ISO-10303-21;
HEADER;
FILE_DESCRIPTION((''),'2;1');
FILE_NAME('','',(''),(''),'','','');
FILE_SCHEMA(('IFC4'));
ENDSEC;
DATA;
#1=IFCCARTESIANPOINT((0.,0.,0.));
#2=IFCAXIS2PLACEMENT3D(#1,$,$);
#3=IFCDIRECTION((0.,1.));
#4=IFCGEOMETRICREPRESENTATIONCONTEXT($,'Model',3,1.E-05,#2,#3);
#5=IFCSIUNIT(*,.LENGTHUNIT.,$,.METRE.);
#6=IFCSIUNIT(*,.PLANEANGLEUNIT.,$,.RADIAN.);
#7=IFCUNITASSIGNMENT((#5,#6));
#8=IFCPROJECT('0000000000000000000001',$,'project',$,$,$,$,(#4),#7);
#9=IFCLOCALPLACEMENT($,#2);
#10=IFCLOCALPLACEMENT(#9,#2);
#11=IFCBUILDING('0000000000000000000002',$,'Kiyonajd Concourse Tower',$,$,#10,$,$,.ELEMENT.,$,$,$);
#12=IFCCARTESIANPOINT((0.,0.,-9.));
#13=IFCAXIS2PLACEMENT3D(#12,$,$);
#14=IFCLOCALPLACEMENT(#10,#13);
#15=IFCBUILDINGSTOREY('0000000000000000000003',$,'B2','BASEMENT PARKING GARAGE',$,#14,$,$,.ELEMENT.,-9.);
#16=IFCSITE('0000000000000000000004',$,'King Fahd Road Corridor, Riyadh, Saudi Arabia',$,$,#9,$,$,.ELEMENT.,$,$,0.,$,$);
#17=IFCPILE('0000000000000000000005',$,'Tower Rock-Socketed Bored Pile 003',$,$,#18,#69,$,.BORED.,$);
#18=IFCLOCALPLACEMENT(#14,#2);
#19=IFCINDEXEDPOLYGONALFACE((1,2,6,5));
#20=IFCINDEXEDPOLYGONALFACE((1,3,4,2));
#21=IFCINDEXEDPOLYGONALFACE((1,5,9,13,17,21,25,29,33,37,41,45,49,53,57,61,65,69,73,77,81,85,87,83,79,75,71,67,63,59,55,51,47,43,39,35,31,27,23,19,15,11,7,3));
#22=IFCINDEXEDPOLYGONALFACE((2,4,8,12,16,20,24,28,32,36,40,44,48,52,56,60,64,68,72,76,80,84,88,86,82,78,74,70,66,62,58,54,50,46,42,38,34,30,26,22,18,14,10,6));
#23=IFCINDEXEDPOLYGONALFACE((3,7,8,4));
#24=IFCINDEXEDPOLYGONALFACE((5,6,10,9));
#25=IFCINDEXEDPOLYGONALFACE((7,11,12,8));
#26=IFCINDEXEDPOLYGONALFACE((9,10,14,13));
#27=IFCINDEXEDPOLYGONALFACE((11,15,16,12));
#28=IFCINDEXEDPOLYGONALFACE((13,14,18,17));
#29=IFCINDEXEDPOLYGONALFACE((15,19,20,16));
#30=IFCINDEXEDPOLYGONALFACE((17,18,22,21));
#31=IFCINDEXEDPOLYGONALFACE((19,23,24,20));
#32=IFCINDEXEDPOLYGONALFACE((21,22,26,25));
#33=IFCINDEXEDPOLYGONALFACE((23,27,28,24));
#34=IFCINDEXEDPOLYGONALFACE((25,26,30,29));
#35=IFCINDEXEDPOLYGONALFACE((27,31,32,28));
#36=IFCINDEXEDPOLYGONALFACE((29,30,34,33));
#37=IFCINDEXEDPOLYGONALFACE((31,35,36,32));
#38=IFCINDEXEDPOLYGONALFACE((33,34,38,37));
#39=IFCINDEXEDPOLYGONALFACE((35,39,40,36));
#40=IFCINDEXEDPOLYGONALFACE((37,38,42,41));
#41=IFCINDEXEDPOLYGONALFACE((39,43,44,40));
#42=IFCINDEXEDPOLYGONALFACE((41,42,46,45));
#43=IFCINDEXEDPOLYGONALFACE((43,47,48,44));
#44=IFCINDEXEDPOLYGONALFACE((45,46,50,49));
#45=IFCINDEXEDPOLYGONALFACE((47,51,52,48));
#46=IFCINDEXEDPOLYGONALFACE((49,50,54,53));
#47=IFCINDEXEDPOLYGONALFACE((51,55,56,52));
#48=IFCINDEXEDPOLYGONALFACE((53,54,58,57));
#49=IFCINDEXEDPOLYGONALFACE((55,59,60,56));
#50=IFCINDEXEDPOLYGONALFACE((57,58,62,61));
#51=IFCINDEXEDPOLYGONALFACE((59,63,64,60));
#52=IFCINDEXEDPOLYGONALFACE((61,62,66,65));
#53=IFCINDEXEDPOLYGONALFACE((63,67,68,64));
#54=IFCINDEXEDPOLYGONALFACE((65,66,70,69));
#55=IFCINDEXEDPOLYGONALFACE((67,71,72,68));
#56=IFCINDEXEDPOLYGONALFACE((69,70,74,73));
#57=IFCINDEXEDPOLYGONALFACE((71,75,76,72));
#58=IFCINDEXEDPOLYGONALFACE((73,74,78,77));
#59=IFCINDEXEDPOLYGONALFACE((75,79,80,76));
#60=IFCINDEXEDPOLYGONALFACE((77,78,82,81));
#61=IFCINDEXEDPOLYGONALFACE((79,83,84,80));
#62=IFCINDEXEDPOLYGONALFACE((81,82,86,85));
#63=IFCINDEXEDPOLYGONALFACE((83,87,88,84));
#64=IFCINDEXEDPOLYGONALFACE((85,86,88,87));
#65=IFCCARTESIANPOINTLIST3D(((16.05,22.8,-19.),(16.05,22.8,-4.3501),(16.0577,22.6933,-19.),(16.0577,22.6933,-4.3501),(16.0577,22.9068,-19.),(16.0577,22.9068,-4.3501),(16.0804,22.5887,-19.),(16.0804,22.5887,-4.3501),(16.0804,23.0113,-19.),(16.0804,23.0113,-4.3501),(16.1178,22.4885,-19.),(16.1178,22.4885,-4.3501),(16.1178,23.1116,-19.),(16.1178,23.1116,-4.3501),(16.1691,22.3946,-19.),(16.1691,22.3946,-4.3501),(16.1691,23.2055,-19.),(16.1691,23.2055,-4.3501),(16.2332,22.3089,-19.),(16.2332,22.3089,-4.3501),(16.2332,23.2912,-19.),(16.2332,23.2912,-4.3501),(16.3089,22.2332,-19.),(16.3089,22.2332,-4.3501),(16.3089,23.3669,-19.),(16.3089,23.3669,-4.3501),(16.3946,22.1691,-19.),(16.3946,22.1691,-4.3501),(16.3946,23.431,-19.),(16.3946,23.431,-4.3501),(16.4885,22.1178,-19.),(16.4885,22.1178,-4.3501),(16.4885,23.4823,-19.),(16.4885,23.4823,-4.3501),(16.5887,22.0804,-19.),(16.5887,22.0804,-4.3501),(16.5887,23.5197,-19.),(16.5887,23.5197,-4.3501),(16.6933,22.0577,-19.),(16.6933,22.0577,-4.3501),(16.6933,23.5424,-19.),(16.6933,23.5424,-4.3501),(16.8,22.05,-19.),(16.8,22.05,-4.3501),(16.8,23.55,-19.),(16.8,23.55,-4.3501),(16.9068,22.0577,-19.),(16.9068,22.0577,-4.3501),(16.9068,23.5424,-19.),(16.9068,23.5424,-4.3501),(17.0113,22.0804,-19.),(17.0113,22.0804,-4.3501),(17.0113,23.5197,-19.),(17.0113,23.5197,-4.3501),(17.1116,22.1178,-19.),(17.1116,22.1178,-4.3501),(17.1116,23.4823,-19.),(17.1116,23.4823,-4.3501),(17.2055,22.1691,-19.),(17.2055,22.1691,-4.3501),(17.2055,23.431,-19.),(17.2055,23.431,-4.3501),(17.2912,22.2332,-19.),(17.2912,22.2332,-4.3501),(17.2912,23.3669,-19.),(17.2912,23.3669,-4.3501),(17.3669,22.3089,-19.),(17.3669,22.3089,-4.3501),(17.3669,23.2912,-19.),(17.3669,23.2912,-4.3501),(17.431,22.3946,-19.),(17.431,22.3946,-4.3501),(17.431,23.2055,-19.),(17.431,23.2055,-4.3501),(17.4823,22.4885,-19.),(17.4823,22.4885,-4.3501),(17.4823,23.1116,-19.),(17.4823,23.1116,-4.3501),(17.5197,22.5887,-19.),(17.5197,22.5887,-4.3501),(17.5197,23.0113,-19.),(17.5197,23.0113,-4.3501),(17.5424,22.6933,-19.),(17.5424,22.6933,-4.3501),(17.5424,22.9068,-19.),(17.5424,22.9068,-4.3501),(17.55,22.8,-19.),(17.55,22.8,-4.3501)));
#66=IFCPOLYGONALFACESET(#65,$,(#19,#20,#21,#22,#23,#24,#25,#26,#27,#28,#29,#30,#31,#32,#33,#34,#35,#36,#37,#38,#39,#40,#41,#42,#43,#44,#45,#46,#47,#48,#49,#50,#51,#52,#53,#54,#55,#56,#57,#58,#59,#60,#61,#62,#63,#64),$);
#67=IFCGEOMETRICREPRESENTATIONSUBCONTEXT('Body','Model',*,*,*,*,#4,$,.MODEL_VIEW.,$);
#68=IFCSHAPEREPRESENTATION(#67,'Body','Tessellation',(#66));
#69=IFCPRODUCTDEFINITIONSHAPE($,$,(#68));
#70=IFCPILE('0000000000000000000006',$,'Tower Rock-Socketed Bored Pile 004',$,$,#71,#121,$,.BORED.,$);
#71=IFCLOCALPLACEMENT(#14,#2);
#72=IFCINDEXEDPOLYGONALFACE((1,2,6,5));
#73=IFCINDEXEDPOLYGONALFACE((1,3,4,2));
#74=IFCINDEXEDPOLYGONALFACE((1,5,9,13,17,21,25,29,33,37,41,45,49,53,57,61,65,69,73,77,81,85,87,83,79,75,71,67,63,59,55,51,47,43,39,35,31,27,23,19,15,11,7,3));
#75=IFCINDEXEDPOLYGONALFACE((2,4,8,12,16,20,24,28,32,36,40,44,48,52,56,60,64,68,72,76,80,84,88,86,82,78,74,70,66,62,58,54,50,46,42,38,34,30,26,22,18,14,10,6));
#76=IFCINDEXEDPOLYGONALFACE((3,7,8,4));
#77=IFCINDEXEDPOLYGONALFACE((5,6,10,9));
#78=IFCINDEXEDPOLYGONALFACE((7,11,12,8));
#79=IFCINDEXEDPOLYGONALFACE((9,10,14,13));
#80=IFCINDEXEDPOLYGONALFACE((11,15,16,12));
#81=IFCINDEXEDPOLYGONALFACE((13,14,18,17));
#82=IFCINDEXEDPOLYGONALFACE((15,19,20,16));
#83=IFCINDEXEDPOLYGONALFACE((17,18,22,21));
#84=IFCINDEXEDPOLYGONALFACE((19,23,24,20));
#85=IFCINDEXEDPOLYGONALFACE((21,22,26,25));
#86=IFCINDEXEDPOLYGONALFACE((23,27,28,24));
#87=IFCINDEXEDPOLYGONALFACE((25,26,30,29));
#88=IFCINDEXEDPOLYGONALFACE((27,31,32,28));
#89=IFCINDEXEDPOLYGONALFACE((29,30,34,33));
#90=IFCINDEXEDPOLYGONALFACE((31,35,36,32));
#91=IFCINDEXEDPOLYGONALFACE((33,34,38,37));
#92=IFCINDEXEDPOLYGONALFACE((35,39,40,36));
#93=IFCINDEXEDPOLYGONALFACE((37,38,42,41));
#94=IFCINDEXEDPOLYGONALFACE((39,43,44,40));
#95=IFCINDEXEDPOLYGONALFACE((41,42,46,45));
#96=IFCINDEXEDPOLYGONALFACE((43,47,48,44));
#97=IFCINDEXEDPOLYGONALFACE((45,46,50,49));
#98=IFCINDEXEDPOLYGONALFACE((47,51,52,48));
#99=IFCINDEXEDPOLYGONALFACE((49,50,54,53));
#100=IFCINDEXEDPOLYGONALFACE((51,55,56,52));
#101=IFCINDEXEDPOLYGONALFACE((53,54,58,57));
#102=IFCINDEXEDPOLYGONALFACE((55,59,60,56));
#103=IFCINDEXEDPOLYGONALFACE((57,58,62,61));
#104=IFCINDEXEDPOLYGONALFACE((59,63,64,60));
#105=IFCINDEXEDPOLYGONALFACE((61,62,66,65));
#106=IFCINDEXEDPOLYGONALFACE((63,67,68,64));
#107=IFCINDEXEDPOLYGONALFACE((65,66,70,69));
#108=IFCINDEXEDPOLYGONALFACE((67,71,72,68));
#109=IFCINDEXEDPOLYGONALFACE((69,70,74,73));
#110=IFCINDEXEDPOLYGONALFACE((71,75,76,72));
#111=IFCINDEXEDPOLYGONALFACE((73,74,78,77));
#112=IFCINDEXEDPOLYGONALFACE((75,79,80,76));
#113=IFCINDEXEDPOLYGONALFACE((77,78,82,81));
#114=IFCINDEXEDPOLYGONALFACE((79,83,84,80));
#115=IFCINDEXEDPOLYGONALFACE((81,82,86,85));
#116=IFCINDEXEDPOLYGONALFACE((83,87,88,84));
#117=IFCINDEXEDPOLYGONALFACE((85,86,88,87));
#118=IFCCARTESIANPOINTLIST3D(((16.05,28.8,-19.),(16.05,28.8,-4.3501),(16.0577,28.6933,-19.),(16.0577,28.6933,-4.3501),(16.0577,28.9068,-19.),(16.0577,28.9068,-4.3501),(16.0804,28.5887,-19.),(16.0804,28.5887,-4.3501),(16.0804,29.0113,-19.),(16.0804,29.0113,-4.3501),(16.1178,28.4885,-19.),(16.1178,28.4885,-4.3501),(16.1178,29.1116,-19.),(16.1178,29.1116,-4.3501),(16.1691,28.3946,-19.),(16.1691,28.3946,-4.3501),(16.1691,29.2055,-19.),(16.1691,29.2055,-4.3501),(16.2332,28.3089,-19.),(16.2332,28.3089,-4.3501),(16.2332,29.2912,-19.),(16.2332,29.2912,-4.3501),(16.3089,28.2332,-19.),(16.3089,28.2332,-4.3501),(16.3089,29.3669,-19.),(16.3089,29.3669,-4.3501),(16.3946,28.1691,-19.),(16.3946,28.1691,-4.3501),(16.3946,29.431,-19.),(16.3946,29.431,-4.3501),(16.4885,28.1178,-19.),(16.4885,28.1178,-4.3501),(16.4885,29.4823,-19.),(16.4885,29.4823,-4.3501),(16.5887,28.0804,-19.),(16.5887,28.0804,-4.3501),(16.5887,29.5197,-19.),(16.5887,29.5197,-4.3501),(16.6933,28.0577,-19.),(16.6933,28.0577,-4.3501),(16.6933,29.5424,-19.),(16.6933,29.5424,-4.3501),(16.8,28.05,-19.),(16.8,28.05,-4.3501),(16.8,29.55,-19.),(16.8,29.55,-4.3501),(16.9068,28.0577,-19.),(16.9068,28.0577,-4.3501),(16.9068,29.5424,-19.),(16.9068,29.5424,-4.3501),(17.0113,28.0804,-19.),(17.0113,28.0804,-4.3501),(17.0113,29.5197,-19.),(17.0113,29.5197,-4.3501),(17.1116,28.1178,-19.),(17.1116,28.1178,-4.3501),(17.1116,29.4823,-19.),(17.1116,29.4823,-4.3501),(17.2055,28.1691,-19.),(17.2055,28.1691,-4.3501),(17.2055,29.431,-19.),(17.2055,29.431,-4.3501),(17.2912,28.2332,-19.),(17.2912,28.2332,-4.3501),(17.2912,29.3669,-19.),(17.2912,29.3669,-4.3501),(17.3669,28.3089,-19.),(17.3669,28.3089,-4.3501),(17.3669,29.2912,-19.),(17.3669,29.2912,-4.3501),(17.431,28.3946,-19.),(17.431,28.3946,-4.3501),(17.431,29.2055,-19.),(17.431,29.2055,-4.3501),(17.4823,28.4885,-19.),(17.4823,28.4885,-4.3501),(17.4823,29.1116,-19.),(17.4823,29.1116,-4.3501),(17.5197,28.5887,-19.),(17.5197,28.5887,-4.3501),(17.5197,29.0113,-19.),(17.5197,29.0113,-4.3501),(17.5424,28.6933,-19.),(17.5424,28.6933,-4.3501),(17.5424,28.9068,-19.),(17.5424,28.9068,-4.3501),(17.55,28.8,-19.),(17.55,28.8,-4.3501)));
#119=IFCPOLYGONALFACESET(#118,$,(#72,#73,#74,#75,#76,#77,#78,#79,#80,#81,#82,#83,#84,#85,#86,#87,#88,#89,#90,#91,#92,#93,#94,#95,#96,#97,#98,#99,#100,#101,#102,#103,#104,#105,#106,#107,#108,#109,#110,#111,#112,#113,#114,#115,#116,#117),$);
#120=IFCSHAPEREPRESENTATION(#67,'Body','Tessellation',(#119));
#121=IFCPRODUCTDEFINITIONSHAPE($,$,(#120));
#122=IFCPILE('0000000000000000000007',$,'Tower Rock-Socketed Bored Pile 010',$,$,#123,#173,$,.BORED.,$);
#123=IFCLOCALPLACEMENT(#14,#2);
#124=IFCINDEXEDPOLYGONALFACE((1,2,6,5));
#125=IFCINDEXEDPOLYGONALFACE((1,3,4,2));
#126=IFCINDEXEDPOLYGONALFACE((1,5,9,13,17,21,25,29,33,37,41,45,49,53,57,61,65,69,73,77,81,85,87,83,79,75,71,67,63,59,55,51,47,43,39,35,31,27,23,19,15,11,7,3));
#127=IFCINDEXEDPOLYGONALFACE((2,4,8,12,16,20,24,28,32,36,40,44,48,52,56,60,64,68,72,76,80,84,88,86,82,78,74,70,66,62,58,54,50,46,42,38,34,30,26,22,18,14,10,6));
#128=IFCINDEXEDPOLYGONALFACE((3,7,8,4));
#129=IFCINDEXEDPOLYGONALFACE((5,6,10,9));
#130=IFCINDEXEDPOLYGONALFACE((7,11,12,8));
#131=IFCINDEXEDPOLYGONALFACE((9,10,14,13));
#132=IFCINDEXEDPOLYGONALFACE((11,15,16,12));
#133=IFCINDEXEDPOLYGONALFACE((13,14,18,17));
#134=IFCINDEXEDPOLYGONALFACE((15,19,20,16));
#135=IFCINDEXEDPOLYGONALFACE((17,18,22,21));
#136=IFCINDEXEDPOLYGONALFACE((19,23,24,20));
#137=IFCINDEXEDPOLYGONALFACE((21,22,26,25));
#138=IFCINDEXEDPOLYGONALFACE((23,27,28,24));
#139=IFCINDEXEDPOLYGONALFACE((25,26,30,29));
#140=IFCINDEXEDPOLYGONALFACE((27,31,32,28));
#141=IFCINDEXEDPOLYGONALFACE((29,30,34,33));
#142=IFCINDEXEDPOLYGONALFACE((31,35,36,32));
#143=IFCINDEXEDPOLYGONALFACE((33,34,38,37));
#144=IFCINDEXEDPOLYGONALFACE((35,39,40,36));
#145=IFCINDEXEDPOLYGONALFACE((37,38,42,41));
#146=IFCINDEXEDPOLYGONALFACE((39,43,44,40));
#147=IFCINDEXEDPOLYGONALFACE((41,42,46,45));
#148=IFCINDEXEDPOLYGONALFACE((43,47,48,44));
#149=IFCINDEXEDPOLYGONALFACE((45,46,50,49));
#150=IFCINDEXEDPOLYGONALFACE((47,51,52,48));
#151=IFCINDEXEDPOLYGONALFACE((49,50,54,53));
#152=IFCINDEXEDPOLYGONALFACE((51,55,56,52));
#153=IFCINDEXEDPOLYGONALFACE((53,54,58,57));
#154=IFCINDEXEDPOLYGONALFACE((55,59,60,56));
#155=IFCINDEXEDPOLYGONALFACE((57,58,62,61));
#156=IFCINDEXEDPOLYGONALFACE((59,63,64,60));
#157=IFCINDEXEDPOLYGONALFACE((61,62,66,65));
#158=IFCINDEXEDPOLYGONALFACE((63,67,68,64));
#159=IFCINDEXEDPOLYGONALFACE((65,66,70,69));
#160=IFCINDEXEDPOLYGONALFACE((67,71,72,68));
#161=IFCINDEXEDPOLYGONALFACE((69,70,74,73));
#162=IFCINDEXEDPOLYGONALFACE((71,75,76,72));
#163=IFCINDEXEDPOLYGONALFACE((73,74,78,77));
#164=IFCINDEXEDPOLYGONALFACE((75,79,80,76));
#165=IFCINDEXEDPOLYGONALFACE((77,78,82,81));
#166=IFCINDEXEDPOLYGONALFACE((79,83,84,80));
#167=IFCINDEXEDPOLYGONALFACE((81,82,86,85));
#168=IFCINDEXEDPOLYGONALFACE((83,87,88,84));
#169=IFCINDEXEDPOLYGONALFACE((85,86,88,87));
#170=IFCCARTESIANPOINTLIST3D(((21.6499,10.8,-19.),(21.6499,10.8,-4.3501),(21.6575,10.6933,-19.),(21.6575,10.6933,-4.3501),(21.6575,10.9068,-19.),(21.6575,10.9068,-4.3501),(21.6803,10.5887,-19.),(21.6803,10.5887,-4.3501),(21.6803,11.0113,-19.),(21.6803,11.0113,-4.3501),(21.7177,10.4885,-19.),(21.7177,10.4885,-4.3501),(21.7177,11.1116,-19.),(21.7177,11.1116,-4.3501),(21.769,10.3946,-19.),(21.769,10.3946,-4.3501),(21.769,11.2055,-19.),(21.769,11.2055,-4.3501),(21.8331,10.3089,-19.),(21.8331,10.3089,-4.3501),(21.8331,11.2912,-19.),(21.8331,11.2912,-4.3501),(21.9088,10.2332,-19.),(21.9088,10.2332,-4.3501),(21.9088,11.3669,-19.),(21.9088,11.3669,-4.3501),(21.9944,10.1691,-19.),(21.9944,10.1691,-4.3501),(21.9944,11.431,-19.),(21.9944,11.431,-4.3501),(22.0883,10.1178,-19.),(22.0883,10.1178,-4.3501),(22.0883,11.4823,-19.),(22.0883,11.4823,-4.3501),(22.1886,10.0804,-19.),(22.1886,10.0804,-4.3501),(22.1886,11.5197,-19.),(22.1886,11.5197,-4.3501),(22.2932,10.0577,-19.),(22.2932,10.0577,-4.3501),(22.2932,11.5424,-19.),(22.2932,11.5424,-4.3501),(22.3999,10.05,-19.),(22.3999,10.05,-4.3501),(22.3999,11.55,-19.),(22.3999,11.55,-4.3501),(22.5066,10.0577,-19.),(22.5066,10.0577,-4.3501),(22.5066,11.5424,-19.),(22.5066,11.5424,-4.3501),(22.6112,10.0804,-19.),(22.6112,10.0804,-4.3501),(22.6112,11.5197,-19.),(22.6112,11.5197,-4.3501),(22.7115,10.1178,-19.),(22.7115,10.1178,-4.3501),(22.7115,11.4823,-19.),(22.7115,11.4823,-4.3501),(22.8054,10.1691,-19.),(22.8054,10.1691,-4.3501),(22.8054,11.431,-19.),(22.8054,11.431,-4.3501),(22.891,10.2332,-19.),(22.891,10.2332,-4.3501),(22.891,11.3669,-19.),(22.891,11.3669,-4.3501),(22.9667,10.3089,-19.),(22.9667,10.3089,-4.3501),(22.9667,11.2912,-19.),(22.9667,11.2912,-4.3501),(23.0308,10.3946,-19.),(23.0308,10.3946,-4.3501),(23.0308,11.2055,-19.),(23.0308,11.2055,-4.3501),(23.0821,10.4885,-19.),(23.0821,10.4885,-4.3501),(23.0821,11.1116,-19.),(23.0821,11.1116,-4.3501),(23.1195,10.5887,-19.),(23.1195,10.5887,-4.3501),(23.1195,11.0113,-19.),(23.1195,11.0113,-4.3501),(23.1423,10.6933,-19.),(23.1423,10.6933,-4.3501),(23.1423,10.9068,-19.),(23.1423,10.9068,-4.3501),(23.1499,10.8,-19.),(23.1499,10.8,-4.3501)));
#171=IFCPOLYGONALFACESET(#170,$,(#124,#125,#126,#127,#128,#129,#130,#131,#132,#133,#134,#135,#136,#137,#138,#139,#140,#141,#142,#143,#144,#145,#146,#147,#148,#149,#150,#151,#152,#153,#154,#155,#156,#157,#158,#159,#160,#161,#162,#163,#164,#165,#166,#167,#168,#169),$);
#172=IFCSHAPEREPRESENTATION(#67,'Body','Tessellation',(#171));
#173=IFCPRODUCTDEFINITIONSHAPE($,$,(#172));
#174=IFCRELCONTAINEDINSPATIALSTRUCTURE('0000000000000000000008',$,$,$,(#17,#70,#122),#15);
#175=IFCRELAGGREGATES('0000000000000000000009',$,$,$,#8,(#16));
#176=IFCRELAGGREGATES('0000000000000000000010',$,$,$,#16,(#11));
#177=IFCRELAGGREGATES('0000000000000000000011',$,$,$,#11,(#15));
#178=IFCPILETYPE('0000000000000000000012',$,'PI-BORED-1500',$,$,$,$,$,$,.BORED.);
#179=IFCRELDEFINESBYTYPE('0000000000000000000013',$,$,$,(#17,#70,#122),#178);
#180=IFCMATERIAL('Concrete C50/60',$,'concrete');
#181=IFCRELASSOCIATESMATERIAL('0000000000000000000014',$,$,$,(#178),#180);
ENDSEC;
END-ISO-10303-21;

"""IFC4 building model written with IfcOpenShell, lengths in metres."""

from ifc_helpers import new_model, si_unit, direction, frame, origin, origin_2d, place, context, subcontext, project, spatial, circle, extrude, material, material_profile, profile_set, type_object, element, save


model = new_model("IFC4")

# Units and contexts
model_context = context("Model", 3, precision=1e-05, world=origin(), true_north=direction((0.0, 1.0)))
body_context = subcontext(model_context, "Body", "Model", "MODEL_VIEW")
ifc_project = project(units=[si_unit("LENGTHUNIT", "METRE"), si_unit("PLANEANGLEUNIT", "RADIAN")], contexts=[model_context])

# Site, building, storey
site_placement = place(None, origin())
site = spatial("IfcSite", under=ifc_project, at=site_placement, Name="King Fahd Road Corridor, Riyadh, Saudi Arabia", CompositionType="ELEMENT", RefElevation=0.0)
building_placement = place(site_placement, origin())
building = spatial("IfcBuilding", under=site, at=building_placement, Name="Kiyonajd Concourse Tower", CompositionType="ELEMENT")
storey_placement = place(building_placement, frame((0.0, 0.0, -9.0)))
storey = spatial("IfcBuildingStorey", under=building, at=storey_placement, Name="B2", Description="BASEMENT PARKING GARAGE", CompositionType="ELEMENT", Elevation=-9.0)

# Piles
ifc_material_1 = material(Name="Concrete C50/60", Category="concrete")
ifc_material_profile_1 = material_profile(ifc_material_1, circle(Radius=0.75, at=origin_2d()), Name="PILE-D1500")
ifc_profile_set_1 = profile_set([ifc_material_profile_1], Name="Concrete C50/60")
pile_type_1 = type_object("IfcPileType", Name="PI-BORED-1500", PredefinedType="BORED", material=ifc_profile_set_1)
for number, where, z_axis, x_axis, name in (
    (1, (16.8, 22.8, -4.3501), (0.0, 0.0, -1.0), (1.0, 0.0, 0.0), "Tower Rock-Socketed Bored Pile 003"),
    (2, (16.8, 28.8, -4.3501), (0.0, 0.0, -1.0), (1.0, 0.0, 0.0), "Tower Rock-Socketed Bored Pile 004"),
    (3, (22.3999, 10.8, -4.3501), (0.0, 0.0, -1.0), (1.0, 0.0, 0.0), "Tower Rock-Socketed Bored Pile 010"),
):
    element("IfcPile", number, at=place(storey_placement, frame(where, z_axis=z_axis, x_axis=x_axis)), inside=storey, type_object=pile_type_1, Name=name, PredefinedType="BORED", context=body_context, shape_type="SweptSolid", body=[
        extrude(circle(Radius=0.75, at=origin_2d()), origin(), (0.0, 0.0, 1.0), 14.6499),
    ])

save(model, "model.ifc")
